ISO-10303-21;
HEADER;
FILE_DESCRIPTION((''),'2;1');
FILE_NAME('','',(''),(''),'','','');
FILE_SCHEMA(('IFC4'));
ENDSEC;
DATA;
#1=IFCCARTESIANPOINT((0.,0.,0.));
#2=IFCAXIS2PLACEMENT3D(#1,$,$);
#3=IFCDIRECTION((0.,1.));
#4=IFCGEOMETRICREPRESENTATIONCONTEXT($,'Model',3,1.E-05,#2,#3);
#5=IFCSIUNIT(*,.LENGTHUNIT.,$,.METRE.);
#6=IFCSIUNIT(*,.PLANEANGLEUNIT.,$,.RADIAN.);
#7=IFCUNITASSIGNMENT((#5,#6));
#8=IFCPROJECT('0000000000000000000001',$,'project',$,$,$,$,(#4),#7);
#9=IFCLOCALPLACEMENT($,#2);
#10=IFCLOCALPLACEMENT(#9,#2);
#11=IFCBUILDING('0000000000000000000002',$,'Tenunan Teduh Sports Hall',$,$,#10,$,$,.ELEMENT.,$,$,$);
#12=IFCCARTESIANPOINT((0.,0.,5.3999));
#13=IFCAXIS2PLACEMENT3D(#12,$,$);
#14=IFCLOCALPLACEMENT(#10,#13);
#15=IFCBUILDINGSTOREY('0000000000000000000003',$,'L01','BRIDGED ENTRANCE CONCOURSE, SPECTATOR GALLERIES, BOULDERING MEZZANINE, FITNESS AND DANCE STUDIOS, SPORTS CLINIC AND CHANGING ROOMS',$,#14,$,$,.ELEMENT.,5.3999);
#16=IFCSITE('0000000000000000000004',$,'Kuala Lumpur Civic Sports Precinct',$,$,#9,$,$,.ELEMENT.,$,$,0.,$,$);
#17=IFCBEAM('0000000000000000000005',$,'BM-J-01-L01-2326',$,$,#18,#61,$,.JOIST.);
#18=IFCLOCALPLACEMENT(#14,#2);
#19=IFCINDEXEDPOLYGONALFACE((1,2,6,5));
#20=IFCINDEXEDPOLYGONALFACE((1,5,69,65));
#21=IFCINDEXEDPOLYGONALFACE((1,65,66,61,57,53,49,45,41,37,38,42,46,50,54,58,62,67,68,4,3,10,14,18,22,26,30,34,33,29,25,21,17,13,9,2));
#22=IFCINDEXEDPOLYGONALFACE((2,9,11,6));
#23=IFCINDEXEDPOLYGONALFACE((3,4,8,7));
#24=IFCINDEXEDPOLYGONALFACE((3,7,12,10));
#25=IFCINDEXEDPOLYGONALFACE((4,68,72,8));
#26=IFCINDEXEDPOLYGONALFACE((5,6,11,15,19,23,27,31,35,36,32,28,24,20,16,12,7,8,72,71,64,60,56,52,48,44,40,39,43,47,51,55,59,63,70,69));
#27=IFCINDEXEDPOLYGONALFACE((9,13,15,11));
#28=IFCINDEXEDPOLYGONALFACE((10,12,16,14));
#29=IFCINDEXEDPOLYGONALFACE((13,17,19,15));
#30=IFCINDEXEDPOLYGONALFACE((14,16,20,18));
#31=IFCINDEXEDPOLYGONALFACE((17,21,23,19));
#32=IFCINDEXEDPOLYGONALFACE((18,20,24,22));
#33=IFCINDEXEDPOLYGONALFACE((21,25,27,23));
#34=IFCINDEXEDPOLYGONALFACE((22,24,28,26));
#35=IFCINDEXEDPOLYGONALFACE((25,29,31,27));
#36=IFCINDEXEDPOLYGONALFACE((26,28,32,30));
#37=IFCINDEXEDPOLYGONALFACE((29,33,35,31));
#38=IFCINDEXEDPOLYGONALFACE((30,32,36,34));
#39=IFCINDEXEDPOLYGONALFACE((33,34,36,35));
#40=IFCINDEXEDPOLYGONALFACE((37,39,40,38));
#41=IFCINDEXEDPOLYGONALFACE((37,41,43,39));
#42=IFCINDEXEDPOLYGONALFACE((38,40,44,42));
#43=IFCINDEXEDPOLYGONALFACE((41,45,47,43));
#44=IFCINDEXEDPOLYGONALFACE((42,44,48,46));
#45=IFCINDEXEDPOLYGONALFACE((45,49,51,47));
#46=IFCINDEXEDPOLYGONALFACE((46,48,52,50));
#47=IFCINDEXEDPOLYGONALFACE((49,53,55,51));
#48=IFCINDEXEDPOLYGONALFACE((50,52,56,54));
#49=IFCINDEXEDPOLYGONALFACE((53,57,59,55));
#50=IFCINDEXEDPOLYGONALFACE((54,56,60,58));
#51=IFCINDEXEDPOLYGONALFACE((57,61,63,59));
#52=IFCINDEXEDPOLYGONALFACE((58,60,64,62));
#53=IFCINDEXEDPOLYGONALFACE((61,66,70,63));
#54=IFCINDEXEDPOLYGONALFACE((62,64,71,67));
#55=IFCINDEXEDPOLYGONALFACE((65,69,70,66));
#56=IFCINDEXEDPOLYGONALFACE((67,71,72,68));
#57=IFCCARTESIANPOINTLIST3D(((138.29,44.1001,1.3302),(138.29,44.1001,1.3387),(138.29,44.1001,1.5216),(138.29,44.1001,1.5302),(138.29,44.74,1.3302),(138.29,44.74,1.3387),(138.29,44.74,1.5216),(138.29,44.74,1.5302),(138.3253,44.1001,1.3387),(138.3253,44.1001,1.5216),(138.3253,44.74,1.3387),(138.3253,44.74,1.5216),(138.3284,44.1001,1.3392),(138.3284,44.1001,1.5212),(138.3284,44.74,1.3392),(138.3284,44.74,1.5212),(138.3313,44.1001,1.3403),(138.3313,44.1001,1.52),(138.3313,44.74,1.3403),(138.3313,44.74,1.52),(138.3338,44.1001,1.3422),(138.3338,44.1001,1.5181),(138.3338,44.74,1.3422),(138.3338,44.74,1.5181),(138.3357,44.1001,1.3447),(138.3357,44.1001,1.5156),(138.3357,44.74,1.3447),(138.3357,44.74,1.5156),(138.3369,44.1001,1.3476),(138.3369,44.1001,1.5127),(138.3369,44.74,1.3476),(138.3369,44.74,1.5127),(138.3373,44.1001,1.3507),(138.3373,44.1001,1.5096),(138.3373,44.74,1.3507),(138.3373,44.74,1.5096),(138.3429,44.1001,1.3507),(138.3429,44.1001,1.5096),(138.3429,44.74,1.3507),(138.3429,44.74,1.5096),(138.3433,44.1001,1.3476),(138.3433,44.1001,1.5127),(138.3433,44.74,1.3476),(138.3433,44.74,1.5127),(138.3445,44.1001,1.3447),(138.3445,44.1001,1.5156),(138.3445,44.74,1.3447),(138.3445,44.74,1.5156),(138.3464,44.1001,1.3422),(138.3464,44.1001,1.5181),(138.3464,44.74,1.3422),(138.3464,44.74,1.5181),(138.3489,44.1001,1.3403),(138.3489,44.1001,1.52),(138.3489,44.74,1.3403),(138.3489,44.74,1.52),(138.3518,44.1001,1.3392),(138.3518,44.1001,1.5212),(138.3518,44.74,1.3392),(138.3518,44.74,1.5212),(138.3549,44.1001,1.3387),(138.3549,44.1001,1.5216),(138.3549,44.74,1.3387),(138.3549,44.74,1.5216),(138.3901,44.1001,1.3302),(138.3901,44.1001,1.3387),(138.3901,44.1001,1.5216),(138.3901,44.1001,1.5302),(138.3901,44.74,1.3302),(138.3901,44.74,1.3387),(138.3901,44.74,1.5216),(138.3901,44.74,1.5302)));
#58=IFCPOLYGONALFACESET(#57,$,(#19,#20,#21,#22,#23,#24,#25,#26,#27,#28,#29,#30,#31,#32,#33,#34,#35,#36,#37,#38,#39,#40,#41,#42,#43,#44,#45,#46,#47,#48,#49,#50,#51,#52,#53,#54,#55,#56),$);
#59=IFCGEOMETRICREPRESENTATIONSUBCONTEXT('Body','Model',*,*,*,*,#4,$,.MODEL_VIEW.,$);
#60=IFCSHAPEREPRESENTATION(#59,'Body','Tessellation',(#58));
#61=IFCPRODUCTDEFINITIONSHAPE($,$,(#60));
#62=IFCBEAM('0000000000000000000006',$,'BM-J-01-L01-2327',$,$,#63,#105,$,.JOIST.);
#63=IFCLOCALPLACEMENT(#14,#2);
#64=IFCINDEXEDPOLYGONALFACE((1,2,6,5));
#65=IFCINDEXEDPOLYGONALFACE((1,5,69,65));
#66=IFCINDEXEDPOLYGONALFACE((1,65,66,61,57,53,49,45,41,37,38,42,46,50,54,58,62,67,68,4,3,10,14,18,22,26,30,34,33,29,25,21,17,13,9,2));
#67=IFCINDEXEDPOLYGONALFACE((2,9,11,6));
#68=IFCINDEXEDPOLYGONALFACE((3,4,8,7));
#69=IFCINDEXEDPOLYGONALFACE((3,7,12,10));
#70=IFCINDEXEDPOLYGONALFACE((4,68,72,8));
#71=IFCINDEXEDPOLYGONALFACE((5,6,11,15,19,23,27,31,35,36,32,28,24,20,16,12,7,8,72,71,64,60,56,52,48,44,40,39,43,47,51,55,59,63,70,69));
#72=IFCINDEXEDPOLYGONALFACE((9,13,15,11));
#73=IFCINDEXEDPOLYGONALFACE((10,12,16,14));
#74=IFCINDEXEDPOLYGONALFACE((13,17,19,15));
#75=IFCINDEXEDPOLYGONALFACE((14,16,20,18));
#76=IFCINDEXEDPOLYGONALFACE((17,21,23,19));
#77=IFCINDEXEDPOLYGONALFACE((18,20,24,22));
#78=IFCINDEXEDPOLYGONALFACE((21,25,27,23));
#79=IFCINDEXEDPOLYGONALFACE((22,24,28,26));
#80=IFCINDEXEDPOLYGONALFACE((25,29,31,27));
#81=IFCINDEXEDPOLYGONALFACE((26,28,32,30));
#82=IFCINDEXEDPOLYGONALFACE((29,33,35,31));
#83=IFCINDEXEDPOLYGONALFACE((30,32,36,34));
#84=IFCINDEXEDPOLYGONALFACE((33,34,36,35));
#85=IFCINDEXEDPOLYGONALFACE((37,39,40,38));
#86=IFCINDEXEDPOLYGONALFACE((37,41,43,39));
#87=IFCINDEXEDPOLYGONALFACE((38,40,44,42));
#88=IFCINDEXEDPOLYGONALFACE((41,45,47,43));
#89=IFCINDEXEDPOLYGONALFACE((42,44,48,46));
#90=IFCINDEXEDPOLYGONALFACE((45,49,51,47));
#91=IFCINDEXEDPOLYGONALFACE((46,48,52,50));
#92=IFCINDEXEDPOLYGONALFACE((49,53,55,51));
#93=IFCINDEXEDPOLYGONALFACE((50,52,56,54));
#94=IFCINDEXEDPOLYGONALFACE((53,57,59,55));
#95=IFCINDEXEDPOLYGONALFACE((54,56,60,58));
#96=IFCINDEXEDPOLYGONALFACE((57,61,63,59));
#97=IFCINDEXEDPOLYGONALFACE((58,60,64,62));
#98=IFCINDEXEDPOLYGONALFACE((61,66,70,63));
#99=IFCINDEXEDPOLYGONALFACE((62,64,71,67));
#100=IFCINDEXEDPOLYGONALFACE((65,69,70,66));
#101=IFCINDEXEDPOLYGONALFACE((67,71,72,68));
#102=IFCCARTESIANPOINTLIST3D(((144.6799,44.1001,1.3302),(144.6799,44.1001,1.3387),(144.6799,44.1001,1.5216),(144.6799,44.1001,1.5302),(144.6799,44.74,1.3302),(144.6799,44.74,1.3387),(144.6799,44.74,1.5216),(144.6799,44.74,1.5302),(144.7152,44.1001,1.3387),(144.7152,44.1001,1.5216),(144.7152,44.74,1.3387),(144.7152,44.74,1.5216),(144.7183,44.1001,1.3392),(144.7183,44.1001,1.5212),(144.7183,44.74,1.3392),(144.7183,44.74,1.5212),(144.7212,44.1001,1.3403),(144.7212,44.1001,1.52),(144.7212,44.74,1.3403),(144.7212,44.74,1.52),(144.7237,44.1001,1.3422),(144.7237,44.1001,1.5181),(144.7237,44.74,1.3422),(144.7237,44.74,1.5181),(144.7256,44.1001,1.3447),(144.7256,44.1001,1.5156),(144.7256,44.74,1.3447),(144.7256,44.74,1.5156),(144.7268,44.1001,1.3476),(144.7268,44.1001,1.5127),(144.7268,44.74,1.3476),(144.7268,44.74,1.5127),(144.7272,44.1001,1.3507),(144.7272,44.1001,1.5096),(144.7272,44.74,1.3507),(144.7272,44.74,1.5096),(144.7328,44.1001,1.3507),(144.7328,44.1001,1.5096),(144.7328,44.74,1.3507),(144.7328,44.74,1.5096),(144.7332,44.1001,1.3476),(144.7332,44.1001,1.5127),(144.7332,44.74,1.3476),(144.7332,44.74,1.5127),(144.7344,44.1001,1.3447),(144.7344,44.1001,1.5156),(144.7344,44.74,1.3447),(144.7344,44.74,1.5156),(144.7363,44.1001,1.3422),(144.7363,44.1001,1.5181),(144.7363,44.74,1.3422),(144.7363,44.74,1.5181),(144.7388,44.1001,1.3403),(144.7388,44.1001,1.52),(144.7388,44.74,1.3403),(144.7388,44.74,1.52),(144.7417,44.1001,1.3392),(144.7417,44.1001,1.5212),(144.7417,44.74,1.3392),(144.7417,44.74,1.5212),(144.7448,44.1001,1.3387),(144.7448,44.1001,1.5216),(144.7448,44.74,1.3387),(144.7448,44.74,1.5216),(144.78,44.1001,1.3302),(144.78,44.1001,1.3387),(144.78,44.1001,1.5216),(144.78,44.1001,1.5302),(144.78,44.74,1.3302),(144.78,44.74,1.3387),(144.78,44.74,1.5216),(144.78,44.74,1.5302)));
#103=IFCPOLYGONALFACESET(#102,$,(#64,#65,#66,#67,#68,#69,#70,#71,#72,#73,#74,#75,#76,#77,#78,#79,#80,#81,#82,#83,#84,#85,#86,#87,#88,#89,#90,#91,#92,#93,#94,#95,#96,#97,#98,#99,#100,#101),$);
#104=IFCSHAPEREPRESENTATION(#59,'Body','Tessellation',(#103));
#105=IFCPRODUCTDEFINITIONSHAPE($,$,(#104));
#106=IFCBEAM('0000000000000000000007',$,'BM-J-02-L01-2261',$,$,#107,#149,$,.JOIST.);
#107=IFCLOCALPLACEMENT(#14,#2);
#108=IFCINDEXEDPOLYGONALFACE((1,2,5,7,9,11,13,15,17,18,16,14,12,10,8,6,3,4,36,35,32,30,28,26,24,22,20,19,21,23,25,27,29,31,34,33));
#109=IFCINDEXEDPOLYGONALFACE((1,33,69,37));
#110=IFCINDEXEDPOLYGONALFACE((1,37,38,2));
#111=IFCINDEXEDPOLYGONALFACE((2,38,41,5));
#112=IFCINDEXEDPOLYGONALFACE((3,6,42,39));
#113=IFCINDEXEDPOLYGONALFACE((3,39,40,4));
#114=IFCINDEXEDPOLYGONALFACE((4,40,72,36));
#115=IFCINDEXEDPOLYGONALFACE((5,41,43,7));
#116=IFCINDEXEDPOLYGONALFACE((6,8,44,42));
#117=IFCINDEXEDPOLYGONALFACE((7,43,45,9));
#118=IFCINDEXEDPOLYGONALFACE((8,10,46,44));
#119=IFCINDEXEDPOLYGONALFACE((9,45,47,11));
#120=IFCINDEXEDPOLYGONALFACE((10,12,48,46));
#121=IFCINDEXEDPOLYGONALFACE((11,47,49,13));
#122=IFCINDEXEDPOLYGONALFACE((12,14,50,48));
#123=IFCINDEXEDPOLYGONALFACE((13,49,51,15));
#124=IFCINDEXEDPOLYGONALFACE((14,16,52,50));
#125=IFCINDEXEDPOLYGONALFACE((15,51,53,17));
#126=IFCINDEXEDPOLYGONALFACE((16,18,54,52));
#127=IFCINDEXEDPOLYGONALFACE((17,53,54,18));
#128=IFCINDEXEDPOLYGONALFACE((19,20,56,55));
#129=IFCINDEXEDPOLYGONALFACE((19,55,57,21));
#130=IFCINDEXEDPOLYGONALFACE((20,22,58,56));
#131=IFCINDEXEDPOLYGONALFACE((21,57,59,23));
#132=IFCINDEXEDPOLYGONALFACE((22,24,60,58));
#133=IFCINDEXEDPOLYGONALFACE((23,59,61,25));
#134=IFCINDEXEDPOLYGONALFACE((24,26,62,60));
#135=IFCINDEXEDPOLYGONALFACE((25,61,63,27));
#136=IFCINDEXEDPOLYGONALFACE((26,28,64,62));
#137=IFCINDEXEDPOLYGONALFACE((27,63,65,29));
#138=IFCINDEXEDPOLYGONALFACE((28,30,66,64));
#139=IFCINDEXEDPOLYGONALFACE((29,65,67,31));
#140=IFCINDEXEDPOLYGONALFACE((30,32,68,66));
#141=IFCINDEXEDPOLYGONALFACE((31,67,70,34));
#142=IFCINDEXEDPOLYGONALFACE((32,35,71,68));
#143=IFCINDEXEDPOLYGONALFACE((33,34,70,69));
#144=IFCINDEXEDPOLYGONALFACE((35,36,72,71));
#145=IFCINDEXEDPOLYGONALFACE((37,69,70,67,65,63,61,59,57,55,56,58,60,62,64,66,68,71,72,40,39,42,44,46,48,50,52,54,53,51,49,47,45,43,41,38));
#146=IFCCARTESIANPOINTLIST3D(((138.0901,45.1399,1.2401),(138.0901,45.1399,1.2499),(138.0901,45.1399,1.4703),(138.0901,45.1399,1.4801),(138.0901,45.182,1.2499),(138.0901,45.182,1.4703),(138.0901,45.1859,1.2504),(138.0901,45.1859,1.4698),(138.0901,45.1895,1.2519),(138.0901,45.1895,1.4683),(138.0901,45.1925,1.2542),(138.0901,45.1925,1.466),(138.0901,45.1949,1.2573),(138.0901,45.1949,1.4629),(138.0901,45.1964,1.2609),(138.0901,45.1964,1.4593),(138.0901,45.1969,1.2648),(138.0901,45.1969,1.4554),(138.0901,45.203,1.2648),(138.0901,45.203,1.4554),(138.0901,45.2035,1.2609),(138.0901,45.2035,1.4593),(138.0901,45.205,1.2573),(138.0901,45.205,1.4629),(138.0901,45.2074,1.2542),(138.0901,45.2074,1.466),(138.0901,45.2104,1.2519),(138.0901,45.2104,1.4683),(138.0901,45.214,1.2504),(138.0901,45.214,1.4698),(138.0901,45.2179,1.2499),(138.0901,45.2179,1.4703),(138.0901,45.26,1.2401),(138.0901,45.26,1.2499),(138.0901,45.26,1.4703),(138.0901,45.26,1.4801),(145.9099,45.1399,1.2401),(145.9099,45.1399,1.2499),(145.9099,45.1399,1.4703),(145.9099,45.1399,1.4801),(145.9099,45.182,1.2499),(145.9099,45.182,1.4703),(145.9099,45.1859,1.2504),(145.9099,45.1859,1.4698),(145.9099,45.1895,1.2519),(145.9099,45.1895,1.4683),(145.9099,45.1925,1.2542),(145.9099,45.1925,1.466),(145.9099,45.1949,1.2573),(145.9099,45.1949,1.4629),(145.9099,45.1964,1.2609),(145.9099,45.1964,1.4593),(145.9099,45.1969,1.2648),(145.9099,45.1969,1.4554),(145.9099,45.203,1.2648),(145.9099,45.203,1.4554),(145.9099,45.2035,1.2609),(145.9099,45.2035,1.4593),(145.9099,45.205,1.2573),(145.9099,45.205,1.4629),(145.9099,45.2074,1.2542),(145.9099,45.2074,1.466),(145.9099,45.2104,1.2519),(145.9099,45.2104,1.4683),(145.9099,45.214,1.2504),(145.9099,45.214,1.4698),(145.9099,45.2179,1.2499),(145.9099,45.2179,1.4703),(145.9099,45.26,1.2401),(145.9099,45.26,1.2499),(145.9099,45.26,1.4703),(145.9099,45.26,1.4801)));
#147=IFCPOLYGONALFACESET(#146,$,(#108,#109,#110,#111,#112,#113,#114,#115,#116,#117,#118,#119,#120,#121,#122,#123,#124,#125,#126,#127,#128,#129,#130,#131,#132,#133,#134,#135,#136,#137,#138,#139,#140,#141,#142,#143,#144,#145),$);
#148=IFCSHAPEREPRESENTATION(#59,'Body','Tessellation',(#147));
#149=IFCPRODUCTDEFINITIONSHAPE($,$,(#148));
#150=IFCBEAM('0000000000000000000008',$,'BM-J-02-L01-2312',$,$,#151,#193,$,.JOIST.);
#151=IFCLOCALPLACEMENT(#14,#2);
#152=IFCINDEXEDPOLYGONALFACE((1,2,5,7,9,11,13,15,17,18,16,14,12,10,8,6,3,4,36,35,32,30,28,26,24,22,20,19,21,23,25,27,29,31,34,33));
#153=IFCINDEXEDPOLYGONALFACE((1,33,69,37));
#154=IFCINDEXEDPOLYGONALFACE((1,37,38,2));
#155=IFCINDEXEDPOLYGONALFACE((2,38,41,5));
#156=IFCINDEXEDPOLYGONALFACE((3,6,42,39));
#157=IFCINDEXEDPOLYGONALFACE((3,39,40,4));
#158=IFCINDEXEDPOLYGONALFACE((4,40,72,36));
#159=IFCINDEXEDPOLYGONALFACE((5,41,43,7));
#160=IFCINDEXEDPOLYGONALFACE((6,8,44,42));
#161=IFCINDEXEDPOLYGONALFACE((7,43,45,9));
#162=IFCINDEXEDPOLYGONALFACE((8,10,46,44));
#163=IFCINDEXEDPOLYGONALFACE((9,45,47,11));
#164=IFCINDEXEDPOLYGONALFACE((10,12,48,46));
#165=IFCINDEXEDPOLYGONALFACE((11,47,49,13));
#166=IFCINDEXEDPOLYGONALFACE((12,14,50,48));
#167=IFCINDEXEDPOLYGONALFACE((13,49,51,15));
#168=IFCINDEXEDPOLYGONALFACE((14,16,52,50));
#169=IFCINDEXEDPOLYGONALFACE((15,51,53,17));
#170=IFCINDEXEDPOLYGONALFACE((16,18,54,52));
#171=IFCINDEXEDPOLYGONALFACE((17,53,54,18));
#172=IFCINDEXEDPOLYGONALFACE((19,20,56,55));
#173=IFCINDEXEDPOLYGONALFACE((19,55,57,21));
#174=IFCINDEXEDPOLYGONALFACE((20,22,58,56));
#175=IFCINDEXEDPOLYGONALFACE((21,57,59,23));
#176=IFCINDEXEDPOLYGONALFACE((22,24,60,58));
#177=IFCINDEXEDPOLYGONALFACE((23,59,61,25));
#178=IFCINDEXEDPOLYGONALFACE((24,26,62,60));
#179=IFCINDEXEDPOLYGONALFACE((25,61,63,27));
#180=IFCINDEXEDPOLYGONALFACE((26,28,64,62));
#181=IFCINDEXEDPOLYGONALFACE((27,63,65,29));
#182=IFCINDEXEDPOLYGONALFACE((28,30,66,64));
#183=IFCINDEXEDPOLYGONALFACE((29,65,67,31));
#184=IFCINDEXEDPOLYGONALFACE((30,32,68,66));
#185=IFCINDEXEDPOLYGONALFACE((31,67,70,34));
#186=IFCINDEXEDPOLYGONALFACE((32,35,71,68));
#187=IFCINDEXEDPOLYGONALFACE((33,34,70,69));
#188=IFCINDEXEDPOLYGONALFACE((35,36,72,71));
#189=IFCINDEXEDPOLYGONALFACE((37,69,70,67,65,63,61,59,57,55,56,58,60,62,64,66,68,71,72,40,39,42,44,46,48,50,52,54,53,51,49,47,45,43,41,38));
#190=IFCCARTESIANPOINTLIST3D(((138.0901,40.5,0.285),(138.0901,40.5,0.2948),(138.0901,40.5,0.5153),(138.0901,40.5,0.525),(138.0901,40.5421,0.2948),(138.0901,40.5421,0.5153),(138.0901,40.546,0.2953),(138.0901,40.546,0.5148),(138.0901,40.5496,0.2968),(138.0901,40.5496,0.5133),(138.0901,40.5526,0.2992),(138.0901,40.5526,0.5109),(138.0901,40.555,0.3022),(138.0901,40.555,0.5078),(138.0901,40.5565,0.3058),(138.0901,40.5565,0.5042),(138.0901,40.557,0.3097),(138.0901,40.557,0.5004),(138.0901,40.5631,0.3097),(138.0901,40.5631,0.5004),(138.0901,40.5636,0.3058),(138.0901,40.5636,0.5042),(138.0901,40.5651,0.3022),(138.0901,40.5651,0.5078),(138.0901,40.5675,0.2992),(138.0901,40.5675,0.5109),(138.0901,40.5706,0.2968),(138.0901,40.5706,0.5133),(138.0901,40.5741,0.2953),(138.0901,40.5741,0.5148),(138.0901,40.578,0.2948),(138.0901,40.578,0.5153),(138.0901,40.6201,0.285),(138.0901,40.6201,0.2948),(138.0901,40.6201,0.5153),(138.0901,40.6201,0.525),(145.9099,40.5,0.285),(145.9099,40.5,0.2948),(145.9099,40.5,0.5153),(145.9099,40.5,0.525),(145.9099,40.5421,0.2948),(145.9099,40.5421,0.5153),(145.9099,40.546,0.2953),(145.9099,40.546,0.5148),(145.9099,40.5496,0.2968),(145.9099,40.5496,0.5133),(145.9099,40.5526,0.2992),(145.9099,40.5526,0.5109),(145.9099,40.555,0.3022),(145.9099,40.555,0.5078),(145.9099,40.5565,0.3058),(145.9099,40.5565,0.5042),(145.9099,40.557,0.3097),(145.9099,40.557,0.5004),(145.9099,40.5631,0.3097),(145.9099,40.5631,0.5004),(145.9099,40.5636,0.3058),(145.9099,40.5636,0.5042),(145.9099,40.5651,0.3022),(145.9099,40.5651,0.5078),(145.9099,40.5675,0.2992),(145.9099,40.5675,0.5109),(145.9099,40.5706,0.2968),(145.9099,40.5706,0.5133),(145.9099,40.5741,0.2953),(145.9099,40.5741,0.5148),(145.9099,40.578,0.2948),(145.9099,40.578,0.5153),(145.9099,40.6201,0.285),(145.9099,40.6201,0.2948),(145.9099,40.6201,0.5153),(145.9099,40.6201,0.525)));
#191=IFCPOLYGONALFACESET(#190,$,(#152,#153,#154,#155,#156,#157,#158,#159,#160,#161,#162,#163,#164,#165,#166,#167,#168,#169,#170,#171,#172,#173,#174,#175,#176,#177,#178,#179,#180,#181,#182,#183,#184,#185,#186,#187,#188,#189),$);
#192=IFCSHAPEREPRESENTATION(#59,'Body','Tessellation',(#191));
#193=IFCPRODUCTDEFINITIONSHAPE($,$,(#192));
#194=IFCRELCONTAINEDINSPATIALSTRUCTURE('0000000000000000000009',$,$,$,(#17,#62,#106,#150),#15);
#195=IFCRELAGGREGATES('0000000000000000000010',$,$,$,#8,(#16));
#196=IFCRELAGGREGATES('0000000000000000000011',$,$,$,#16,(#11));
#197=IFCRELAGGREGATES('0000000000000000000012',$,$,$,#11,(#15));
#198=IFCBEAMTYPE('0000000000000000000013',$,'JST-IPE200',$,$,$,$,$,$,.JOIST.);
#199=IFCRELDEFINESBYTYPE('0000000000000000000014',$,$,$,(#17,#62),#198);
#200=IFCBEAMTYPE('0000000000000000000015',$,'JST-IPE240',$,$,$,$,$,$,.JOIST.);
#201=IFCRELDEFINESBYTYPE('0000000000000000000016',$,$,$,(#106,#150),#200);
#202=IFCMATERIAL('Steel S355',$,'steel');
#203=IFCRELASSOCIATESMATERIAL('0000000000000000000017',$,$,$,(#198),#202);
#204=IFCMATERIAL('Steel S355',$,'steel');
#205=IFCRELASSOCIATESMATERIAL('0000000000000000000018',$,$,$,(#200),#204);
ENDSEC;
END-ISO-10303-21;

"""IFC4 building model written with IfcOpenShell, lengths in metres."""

from ifc_helpers import new_model, si_unit, direction, frame, origin, origin_2d, place, context, subcontext, project, spatial, i_section, extrude, material, material_profile, profile_set, type_object, element, save


model = new_model("IFC4")

# Units and contexts
model_context = context("Model", 3, precision=1e-05, world=origin(), true_north=direction((0.0, 1.0)))
body_context = subcontext(model_context, "Body", "Model", "MODEL_VIEW")
ifc_project = project(units=[si_unit("LENGTHUNIT", "METRE"), si_unit("PLANEANGLEUNIT", "RADIAN")], contexts=[model_context])

# Site, building, storey
site_placement = place(None, origin())
site = spatial("IfcSite", under=ifc_project, at=site_placement, Name="Kuala Lumpur Civic Sports Precinct", CompositionType="ELEMENT", RefElevation=0.0)
building_placement = place(site_placement, origin())
building = spatial("IfcBuilding", under=site, at=building_placement, Name="Tenunan Teduh Sports Hall", CompositionType="ELEMENT")
storey_placement = place(building_placement, frame((0.0, 0.0, 5.3999)))
storey = spatial("IfcBuildingStorey", under=building, at=storey_placement, Name="L01", Description="BRIDGED ENTRANCE CONCOURSE, SPECTATOR GALLERIES, BOULDERING MEZZANINE, FITNESS AND DANCE STUDIOS, SPORTS CLINIC AND CHANGING ROOMS", CompositionType="ELEMENT", Elevation=5.3999)

# Beams
ifc_material_1 = material(Name="Steel S355", Category="steel")
ifc_material_profile_1 = material_profile(ifc_material_1, i_section(OverallWidth=0.1001, OverallDepth=0.2, WebThickness=0.0056, FlangeThickness=0.0085, FilletRadius=0.012, at=origin_2d()), Name="IPE 200")
ifc_profile_set_1 = profile_set([ifc_material_profile_1], Name="Steel S355")
beam_type_1 = type_object("IfcBeamType", Name="JST-IPE200", PredefinedType="JOIST", material=ifc_profile_set_1)
for number, where, z_axis, x_axis, name in (
    (1, (138.3401, 44.1001, 1.4302), (0.0, 1.0, 0.0), (-1.0, 0.0, 0.0), "BM-J-01-L01-2326"),
    (2, (144.73, 44.1001, 1.4302), (0.0, 1.0, 0.0), (-1.0, 0.0, 0.0), "BM-J-01-L01-2327"),
):
    element("IfcBeam", number, at=place(storey_placement, frame(where, z_axis=z_axis, x_axis=x_axis)), inside=storey, type_object=beam_type_1, Name=name, PredefinedType="JOIST", context=body_context, shape_type="SweptSolid", body=[
        extrude(i_section(OverallWidth=0.1001, OverallDepth=0.2, WebThickness=0.0056, FlangeThickness=0.0085, FilletRadius=0.012, at=origin_2d()), origin(), (0.0, 0.0, 1.0), 0.6399),
    ])
ifc_material_2 = material(Name="Steel S355", Category="steel")
ifc_material_profile_2 = material_profile(ifc_material_2, i_section(OverallWidth=0.1201, OverallDepth=0.24, WebThickness=0.0061, FlangeThickness=0.0098, FilletRadius=0.0149, at=origin_2d()), Name="IPE 240")
ifc_profile_set_2 = profile_set([ifc_material_profile_2], Name="Steel S355")
beam_type_2 = type_object("IfcBeamType", Name="JST-IPE240", PredefinedType="JOIST", material=ifc_profile_set_2)
for number, where, z_axis, x_axis, name in (
    (3, (138.0901, 45.2, 1.3601), (1.0, 0.0, 0.0), (0.0, 1.0, 0.0), "BM-J-02-L01-2261"),
    (4, (138.0901, 40.5601, 0.405), (1.0, 0.0, 0.0), (0.0, 1.0, 0.0), "BM-J-02-L01-2312"),
):
    element("IfcBeam", number, at=place(storey_placement, frame(where, z_axis=z_axis, x_axis=x_axis)), inside=storey, type_object=beam_type_2, Name=name, PredefinedType="JOIST", context=body_context, shape_type="SweptSolid", body=[
        extrude(i_section(OverallWidth=0.1201, OverallDepth=0.24, WebThickness=0.0061, FlangeThickness=0.0098, FilletRadius=0.0149, at=origin_2d()), origin(), (0.0, 0.0, 1.0), 7.8198),
    ])

save(model, "model.ifc")
